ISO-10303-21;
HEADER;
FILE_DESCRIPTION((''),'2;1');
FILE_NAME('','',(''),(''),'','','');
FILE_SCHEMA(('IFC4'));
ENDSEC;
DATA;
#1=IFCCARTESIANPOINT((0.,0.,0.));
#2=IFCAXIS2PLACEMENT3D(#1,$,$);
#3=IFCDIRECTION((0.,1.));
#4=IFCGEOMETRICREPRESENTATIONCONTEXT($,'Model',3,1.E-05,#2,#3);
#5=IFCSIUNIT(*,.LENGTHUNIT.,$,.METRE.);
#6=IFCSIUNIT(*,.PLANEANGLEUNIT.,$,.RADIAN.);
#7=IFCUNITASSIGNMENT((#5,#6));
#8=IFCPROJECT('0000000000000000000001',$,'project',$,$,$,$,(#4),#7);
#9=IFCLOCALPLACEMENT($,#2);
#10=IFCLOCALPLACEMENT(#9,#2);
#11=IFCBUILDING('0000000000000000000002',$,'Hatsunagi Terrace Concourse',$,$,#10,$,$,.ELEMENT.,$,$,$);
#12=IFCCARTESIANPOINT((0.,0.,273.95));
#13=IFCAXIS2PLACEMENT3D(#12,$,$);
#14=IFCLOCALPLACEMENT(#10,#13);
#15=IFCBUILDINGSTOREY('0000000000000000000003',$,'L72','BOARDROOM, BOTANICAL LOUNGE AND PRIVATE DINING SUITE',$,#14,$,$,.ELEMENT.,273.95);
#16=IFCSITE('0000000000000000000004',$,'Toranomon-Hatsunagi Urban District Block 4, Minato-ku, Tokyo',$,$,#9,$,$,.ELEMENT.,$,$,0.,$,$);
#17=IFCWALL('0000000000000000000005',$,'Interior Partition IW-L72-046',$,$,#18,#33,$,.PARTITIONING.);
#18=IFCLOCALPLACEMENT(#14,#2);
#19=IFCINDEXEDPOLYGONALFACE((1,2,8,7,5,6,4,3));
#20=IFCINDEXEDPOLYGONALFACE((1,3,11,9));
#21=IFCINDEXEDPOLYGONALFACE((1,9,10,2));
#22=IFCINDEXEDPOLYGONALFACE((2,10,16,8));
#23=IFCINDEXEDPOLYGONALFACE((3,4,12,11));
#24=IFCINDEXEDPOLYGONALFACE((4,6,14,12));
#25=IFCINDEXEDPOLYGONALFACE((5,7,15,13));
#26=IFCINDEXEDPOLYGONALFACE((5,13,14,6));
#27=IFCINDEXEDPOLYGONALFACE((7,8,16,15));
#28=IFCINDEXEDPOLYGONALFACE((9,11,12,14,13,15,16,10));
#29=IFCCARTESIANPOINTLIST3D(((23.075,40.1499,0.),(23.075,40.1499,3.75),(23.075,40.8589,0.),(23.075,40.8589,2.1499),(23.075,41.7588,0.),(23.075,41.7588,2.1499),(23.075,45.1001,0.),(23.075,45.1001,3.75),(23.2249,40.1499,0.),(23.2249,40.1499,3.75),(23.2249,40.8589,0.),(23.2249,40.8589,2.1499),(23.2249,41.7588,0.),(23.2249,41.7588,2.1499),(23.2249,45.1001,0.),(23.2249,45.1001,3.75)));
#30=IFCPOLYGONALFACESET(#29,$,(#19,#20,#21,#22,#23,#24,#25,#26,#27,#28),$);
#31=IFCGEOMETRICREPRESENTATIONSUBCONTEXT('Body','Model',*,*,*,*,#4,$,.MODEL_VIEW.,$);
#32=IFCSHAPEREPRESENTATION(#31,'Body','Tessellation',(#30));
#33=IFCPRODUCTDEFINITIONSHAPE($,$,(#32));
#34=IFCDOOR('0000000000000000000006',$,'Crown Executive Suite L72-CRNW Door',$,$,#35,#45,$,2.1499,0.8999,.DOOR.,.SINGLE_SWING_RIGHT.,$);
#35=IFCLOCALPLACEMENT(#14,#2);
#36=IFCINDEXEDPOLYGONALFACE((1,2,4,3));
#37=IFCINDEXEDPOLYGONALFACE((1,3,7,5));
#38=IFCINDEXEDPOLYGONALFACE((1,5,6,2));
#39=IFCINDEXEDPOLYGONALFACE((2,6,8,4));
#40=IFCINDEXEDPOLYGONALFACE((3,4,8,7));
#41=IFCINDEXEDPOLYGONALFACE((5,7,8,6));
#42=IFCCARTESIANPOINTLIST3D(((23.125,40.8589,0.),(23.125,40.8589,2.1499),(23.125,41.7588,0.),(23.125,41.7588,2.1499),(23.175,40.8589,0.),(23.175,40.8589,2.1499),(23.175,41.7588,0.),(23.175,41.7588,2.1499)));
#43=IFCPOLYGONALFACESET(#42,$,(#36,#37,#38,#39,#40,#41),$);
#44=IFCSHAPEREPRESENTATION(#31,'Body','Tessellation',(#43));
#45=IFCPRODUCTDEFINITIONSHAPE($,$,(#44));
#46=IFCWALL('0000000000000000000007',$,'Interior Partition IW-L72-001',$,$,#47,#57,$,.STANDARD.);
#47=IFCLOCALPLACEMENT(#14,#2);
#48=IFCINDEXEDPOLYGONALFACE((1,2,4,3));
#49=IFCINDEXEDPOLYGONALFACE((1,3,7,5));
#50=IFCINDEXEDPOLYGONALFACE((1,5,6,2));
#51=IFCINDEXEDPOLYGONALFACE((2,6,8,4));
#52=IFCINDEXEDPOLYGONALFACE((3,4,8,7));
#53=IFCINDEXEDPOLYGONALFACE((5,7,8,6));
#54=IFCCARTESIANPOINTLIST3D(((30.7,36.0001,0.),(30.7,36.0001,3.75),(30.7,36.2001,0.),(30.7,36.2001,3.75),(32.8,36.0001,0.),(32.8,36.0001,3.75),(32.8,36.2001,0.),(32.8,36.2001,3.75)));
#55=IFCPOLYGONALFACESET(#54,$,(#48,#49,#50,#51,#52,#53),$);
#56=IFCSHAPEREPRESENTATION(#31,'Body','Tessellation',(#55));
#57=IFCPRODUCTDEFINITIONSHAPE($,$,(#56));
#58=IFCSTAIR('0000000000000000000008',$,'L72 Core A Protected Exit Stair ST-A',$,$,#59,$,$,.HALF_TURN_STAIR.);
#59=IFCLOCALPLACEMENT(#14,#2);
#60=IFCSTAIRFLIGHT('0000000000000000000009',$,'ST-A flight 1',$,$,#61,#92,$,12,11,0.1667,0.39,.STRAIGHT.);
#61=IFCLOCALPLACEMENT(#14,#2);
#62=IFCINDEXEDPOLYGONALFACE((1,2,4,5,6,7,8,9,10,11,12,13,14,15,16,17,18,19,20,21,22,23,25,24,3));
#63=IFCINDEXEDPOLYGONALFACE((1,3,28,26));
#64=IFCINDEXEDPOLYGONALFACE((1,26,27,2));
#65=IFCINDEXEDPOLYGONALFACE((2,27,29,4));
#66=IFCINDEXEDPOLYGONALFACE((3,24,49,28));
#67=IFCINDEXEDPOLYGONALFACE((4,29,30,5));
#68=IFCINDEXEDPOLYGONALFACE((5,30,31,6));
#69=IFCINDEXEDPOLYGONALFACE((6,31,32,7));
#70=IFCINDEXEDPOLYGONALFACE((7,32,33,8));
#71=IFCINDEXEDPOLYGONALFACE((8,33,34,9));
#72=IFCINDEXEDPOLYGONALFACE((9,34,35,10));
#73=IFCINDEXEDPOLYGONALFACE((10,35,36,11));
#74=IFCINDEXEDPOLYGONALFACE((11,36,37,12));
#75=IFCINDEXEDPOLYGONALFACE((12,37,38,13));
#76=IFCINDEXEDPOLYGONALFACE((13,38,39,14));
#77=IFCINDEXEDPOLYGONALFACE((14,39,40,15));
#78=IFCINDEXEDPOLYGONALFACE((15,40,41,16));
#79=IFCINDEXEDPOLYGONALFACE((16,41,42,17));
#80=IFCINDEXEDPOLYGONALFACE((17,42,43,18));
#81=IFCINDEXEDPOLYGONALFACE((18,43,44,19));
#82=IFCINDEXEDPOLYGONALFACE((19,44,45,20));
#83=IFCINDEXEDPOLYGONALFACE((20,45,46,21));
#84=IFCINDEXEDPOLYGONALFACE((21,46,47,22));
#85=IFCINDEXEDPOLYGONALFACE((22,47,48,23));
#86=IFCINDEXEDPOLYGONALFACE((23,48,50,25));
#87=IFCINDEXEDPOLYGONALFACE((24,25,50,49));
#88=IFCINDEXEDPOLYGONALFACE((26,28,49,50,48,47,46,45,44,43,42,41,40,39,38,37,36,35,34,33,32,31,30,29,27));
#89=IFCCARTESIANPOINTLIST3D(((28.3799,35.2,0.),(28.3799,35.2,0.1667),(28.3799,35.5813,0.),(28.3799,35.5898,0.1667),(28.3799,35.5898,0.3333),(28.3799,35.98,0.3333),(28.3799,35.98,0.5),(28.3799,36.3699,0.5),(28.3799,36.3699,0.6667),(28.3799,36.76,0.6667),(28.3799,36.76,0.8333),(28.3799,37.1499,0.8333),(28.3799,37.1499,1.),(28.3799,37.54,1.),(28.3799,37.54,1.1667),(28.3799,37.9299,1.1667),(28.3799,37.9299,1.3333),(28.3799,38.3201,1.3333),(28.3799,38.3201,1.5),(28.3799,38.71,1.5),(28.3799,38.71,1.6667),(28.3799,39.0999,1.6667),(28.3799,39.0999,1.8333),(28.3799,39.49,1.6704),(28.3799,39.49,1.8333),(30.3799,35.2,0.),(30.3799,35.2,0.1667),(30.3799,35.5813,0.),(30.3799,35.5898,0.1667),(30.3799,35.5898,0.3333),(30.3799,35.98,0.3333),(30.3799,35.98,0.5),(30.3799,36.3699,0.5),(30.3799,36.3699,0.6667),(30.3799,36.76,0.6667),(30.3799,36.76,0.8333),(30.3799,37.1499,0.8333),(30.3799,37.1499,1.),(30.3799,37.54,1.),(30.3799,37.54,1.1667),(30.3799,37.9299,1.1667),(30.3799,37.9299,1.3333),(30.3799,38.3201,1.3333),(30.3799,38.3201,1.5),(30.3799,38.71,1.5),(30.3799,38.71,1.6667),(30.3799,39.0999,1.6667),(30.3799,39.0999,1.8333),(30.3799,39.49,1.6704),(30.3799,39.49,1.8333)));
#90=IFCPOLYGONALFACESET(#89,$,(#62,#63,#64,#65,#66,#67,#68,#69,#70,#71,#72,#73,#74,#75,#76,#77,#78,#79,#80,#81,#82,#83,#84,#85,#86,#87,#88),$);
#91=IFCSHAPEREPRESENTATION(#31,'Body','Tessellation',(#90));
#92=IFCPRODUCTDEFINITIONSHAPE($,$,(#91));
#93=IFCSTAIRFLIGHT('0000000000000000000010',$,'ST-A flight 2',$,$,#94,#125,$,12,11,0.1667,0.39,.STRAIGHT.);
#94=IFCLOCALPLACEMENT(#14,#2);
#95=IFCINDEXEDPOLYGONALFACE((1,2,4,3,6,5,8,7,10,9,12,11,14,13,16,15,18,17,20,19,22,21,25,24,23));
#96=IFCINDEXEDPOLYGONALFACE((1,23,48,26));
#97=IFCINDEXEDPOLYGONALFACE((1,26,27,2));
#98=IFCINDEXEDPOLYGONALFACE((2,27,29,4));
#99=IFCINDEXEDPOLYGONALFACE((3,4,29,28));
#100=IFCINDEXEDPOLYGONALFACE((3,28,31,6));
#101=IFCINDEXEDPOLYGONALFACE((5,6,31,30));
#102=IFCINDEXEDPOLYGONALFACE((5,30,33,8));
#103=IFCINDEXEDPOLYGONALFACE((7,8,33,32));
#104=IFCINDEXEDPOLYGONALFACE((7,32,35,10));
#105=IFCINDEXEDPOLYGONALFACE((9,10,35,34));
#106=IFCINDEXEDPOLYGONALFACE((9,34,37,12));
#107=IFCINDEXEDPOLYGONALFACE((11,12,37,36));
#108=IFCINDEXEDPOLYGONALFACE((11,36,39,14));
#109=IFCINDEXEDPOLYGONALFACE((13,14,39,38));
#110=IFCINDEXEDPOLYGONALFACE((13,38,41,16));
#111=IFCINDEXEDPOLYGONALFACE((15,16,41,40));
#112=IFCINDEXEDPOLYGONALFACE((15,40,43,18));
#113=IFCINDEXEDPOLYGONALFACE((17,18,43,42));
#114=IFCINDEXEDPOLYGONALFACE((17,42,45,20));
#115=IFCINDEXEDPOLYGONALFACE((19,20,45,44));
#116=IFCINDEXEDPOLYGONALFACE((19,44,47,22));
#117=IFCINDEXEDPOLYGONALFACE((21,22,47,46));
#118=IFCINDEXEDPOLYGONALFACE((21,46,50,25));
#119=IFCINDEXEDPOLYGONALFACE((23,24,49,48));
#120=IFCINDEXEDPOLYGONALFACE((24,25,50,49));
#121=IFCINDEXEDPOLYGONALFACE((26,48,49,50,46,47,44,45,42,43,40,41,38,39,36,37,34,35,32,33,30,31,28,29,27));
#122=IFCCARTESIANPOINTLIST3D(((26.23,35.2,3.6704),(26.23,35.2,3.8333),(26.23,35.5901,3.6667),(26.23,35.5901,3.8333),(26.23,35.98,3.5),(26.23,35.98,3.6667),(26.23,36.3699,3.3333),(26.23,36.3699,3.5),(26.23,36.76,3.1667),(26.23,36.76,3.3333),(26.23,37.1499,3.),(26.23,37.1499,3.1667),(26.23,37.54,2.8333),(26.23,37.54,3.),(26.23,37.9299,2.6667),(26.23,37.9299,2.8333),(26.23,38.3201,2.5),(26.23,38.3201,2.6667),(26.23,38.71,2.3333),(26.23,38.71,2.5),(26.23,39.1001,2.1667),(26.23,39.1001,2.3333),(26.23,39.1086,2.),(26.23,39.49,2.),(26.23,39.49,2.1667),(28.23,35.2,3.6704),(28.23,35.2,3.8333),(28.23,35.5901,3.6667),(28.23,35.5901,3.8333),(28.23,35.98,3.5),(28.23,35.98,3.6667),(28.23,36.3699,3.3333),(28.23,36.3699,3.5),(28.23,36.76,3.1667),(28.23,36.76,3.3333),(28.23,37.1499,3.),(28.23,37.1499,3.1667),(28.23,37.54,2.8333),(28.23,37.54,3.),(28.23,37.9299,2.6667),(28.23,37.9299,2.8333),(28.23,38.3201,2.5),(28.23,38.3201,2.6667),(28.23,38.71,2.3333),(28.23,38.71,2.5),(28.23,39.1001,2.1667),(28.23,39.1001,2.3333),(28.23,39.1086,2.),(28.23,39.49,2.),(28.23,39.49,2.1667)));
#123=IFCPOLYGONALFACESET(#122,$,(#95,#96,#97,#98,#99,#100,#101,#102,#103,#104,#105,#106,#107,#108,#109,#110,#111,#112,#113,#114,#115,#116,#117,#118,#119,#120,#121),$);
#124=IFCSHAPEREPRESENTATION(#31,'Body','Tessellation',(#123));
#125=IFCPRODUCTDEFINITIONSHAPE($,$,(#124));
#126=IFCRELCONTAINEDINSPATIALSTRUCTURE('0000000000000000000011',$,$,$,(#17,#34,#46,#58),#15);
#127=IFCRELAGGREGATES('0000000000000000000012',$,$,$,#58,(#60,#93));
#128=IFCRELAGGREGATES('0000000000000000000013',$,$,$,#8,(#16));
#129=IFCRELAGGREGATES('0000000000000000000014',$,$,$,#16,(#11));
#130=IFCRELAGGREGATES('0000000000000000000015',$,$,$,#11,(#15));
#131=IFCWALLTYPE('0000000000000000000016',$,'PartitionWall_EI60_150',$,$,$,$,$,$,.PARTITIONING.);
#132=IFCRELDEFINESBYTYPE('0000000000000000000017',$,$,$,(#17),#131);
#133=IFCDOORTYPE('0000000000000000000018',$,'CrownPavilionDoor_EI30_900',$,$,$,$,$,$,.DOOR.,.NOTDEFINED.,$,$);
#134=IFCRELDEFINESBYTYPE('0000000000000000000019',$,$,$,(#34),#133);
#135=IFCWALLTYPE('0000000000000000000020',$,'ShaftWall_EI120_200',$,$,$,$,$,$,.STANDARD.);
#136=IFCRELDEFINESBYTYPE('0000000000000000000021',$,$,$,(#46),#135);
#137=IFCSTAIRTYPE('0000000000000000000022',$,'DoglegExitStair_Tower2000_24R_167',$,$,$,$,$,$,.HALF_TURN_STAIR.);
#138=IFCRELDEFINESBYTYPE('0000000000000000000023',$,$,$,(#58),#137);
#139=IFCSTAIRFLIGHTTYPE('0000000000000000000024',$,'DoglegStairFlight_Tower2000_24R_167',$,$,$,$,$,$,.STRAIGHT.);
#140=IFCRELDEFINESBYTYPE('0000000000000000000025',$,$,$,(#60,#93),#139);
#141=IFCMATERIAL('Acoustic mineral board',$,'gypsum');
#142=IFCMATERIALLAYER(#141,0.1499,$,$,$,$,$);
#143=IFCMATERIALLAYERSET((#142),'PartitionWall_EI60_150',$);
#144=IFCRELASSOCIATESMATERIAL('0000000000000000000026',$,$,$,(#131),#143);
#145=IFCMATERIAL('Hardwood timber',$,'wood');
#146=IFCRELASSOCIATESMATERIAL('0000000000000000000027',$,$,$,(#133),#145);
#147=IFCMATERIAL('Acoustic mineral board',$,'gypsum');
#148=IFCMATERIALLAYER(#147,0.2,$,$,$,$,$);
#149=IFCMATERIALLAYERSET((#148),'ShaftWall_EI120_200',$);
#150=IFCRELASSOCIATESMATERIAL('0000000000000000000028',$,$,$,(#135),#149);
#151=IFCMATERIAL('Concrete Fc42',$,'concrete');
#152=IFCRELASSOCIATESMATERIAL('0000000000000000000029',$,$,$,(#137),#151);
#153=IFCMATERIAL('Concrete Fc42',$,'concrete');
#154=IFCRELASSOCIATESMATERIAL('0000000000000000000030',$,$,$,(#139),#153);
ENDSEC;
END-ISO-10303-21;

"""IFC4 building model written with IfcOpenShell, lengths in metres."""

from ifc_helpers import new_model, si_unit, direction, frame, frame_2d, origin, place, context, subcontext, project, spatial, polyline, rectangle, outline, extrude, material, layer, layer_set, type_object, element, fill, aggregate, save


model = new_model("IFC4")

# Units and contexts
model_context = context("Model", 3, precision=1e-05, world=origin(), true_north=direction((0.0, 1.0)))
body_context = subcontext(model_context, "Body", "Model", "MODEL_VIEW")
ifc_project = project(units=[si_unit("LENGTHUNIT", "METRE"), si_unit("PLANEANGLEUNIT", "RADIAN")], contexts=[model_context])

# Site, building, storey
site_placement = place(None, origin())
site = spatial("IfcSite", under=ifc_project, at=site_placement, Name="Toranomon-Hatsunagi Urban District Block 4, Minato-ku, Tokyo", CompositionType="ELEMENT", RefElevation=0.0)
building_placement = place(site_placement, origin())
building = spatial("IfcBuilding", under=site, at=building_placement, Name="Hatsunagi Terrace Concourse", CompositionType="ELEMENT")
storey_placement = place(building_placement, frame((0.0, 0.0, 273.95)))
storey = spatial("IfcBuildingStorey", under=building, at=storey_placement, Name="L72", Description="BOARDROOM, BOTANICAL LOUNGE AND PRIVATE DINING SUITE", CompositionType="ELEMENT", Elevation=273.95)

# Shared definitions
ifc_material_1 = material(Name="Acoustic mineral board", Category="gypsum")
ifc_layer_1 = layer(ifc_material_1, 0.1499)
ifc_layer_set_1 = layer_set([ifc_layer_1], Name="PartitionWall_EI60_150")
wall_type_1 = type_object("IfcWallType", Name="PartitionWall_EI60_150", PredefinedType="PARTITIONING", material=ifc_layer_set_1)

# Wall, opening, door
wall_1_placement = place(storey_placement, frame((23.1499, 40.1499, 0.0), z_axis=(0.0, 0.0, 1.0), x_axis=(0.0, 1.0, 0.0)))
wall_1 = element("IfcWall", 1, at=wall_1_placement, inside=storey, type_object=wall_type_1, Name="Interior Partition IW-L72-046", PredefinedType="PARTITIONING", context=body_context, shape_type="SweptSolid", body=[
    extrude(rectangle(XDim=4.9502, YDim=0.1499, at=frame_2d((2.4751, 0.0))), origin(), (0.0, 0.0, 1.0), 3.75),
])
opening_1_placement = place(wall_1_placement, frame((0.709, 0.0, 0.0)))
opening_1 = element("IfcOpeningElement", 2, at=opening_1_placement, cuts=wall_1, PredefinedType="OPENING", context=body_context, shape_type="SweptSolid", body=[
    extrude(rectangle(XDim=0.8999, YDim=2.1499, at=frame_2d((0.45, 1.075))), frame((0.0, 0.085, 0.0), z_axis=(0.0, -1.0, 0.0), x_axis=(1.0, 0.0, 0.0)), (0.0, 0.0, 1.0), 0.1699),
])
ifc_material_2 = material(Name="Hardwood timber", Category="wood")
door_type_1 = type_object("IfcDoorType", Name="CrownPavilionDoor_EI30_900", OperationType="NOTDEFINED", PredefinedType="DOOR", material=ifc_material_2)
door_1_placement = place(opening_1_placement, origin())
door_1 = element("IfcDoor", 3, at=door_1_placement, inside=storey, type_object=door_type_1, Name="Crown Executive Suite L72-CRNW Door", OperationType="SINGLE_SWING_RIGHT", OverallHeight=2.1499, OverallWidth=0.8999, PredefinedType="DOOR", context=body_context, shape_type="SweptSolid", body=[
    extrude(rectangle(XDim=0.8999, YDim=2.1499, at=frame_2d((0.45, 1.075))), frame((0.0, 0.0249, 0.0), z_axis=(0.0, -1.0, 0.0), x_axis=(1.0, 0.0, 0.0)), (0.0, 0.0, 1.0), 0.05),
])
fill(opening_1, door_1)

# Wall
ifc_material_3 = material(Name="Acoustic mineral board", Category="gypsum")
ifc_layer_2 = layer(ifc_material_3, 0.2)
ifc_layer_set_2 = layer_set([ifc_layer_2], Name="ShaftWall_EI120_200")
wall_type_2 = type_object("IfcWallType", Name="ShaftWall_EI120_200", PredefinedType="STANDARD", material=ifc_layer_set_2)
wall_2_placement = place(storey_placement, frame((30.7, 36.1001, 0.0), z_axis=(0.0, 0.0, 1.0), x_axis=(1.0, 0.0, 0.0)))
element("IfcWall", 4, at=wall_2_placement, inside=storey, type_object=wall_type_2, Name="Interior Partition IW-L72-001", PredefinedType="STANDARD", context=body_context, shape_type="SweptSolid", body=[
    extrude(rectangle(XDim=2.1001, YDim=0.2, at=frame_2d((1.05, 0.0))), origin(), (0.0, 0.0, 1.0), 3.75),
])

# Stair, stair flights
ifc_material_4 = material(Name="Concrete Fc42", Category="concrete")
stair_type = type_object("IfcStairType", Name="DoglegExitStair_Tower2000_24R_167", PredefinedType="HALF_TURN_STAIR", material=ifc_material_4)
stair_placement = place(storey_placement, origin())
stair = element("IfcStair", 5, at=stair_placement, inside=storey, type_object=stair_type, Name="L72 Core A Protected Exit Stair ST-A", PredefinedType="HALF_TURN_STAIR")
ifc_material_5 = material(Name="Concrete Fc42", Category="concrete")
stair_flight_type = type_object("IfcStairFlightType", Name="DoglegStairFlight_Tower2000_24R_167", PredefinedType="STRAIGHT", material=ifc_material_5)
stair_flight_1_placement = place(storey_placement, frame((29.3799, 35.2, 0.0), z_axis=(0.0, 0.0, 1.0), x_axis=(0.0, 1.0, 0.0)))
stair_flight_1 = element("IfcStairFlight", 6, at=stair_flight_1_placement, type_object=stair_flight_type, Name="ST-A flight 1", NumberOfRisers=12, NumberOfTreads=11, PredefinedType="STRAIGHT", RiserHeight=0.1667, TreadLength=0.39, context=body_context, shape_type="SweptSolid", body=[
    extrude(outline(polyline([(0.0, 0.0), (0.0, 0.1667), (0.3899, 0.1667), (0.3899, 0.3333), (0.78, 0.3333), (0.78, 0.5), (1.1699, 0.5), (1.1699, 0.6667), (1.5601, 0.6667), (1.5601, 0.8333), (1.95, 0.8333), (1.95, 1.0), (2.3401, 1.0), (2.3401, 1.1667), (2.73, 1.1667), (2.73, 1.3333), (3.1201, 1.3333), (3.1201, 1.5), (3.51, 1.5), (3.51, 1.6667), (3.8999, 1.6667), (3.8999, 1.8333), (4.29, 1.8333), (4.29, 2.0), (4.29, 1.6704), (0.3813, 0.0), (0.0, 0.0)])), frame((0.0, 1.0, 0.0), z_axis=(0.0, -1.0, 0.0), x_axis=(1.0, 0.0, 0.0)), (0.0, 0.0, 1.0), 2.0),
])
stair_flight_2_placement = place(storey_placement, frame((27.23, 39.49, 2.0), z_axis=(0.0, 0.0, 1.0), x_axis=(0.0, -1.0, 0.0)))
stair_flight_2 = element("IfcStairFlight", 7, at=stair_flight_2_placement, type_object=stair_flight_type, Name="ST-A flight 2", NumberOfRisers=12, NumberOfTreads=11, PredefinedType="STRAIGHT", RiserHeight=0.1667, TreadLength=0.39, context=body_context, shape_type="SweptSolid", body=[
    extrude(outline(polyline([(0.0, 0.0), (0.0, 0.1667), (0.3899, 0.1667), (0.3899, 0.3333), (0.78, 0.3333), (0.78, 0.5), (1.1699, 0.5), (1.1699, 0.6667), (1.5601, 0.6667), (1.5601, 0.8333), (1.95, 0.8333), (1.95, 1.0), (2.3401, 1.0), (2.3401, 1.1667), (2.73, 1.1667), (2.73, 1.3333), (3.1201, 1.3333), (3.1201, 1.5), (3.51, 1.5), (3.51, 1.6667), (3.8999, 1.6667), (3.8999, 1.8333), (4.29, 1.8333), (4.29, 2.0), (4.29, 1.6704), (0.3813, 0.0), (0.0, 0.0)])), frame((0.0, 1.0, 0.0), z_axis=(0.0, -1.0, 0.0), x_axis=(1.0, 0.0, 0.0)), (0.0, 0.0, 1.0), 2.0),
])
aggregate(stair, [stair_flight_1, stair_flight_2])

save(model, "model.ifc")
